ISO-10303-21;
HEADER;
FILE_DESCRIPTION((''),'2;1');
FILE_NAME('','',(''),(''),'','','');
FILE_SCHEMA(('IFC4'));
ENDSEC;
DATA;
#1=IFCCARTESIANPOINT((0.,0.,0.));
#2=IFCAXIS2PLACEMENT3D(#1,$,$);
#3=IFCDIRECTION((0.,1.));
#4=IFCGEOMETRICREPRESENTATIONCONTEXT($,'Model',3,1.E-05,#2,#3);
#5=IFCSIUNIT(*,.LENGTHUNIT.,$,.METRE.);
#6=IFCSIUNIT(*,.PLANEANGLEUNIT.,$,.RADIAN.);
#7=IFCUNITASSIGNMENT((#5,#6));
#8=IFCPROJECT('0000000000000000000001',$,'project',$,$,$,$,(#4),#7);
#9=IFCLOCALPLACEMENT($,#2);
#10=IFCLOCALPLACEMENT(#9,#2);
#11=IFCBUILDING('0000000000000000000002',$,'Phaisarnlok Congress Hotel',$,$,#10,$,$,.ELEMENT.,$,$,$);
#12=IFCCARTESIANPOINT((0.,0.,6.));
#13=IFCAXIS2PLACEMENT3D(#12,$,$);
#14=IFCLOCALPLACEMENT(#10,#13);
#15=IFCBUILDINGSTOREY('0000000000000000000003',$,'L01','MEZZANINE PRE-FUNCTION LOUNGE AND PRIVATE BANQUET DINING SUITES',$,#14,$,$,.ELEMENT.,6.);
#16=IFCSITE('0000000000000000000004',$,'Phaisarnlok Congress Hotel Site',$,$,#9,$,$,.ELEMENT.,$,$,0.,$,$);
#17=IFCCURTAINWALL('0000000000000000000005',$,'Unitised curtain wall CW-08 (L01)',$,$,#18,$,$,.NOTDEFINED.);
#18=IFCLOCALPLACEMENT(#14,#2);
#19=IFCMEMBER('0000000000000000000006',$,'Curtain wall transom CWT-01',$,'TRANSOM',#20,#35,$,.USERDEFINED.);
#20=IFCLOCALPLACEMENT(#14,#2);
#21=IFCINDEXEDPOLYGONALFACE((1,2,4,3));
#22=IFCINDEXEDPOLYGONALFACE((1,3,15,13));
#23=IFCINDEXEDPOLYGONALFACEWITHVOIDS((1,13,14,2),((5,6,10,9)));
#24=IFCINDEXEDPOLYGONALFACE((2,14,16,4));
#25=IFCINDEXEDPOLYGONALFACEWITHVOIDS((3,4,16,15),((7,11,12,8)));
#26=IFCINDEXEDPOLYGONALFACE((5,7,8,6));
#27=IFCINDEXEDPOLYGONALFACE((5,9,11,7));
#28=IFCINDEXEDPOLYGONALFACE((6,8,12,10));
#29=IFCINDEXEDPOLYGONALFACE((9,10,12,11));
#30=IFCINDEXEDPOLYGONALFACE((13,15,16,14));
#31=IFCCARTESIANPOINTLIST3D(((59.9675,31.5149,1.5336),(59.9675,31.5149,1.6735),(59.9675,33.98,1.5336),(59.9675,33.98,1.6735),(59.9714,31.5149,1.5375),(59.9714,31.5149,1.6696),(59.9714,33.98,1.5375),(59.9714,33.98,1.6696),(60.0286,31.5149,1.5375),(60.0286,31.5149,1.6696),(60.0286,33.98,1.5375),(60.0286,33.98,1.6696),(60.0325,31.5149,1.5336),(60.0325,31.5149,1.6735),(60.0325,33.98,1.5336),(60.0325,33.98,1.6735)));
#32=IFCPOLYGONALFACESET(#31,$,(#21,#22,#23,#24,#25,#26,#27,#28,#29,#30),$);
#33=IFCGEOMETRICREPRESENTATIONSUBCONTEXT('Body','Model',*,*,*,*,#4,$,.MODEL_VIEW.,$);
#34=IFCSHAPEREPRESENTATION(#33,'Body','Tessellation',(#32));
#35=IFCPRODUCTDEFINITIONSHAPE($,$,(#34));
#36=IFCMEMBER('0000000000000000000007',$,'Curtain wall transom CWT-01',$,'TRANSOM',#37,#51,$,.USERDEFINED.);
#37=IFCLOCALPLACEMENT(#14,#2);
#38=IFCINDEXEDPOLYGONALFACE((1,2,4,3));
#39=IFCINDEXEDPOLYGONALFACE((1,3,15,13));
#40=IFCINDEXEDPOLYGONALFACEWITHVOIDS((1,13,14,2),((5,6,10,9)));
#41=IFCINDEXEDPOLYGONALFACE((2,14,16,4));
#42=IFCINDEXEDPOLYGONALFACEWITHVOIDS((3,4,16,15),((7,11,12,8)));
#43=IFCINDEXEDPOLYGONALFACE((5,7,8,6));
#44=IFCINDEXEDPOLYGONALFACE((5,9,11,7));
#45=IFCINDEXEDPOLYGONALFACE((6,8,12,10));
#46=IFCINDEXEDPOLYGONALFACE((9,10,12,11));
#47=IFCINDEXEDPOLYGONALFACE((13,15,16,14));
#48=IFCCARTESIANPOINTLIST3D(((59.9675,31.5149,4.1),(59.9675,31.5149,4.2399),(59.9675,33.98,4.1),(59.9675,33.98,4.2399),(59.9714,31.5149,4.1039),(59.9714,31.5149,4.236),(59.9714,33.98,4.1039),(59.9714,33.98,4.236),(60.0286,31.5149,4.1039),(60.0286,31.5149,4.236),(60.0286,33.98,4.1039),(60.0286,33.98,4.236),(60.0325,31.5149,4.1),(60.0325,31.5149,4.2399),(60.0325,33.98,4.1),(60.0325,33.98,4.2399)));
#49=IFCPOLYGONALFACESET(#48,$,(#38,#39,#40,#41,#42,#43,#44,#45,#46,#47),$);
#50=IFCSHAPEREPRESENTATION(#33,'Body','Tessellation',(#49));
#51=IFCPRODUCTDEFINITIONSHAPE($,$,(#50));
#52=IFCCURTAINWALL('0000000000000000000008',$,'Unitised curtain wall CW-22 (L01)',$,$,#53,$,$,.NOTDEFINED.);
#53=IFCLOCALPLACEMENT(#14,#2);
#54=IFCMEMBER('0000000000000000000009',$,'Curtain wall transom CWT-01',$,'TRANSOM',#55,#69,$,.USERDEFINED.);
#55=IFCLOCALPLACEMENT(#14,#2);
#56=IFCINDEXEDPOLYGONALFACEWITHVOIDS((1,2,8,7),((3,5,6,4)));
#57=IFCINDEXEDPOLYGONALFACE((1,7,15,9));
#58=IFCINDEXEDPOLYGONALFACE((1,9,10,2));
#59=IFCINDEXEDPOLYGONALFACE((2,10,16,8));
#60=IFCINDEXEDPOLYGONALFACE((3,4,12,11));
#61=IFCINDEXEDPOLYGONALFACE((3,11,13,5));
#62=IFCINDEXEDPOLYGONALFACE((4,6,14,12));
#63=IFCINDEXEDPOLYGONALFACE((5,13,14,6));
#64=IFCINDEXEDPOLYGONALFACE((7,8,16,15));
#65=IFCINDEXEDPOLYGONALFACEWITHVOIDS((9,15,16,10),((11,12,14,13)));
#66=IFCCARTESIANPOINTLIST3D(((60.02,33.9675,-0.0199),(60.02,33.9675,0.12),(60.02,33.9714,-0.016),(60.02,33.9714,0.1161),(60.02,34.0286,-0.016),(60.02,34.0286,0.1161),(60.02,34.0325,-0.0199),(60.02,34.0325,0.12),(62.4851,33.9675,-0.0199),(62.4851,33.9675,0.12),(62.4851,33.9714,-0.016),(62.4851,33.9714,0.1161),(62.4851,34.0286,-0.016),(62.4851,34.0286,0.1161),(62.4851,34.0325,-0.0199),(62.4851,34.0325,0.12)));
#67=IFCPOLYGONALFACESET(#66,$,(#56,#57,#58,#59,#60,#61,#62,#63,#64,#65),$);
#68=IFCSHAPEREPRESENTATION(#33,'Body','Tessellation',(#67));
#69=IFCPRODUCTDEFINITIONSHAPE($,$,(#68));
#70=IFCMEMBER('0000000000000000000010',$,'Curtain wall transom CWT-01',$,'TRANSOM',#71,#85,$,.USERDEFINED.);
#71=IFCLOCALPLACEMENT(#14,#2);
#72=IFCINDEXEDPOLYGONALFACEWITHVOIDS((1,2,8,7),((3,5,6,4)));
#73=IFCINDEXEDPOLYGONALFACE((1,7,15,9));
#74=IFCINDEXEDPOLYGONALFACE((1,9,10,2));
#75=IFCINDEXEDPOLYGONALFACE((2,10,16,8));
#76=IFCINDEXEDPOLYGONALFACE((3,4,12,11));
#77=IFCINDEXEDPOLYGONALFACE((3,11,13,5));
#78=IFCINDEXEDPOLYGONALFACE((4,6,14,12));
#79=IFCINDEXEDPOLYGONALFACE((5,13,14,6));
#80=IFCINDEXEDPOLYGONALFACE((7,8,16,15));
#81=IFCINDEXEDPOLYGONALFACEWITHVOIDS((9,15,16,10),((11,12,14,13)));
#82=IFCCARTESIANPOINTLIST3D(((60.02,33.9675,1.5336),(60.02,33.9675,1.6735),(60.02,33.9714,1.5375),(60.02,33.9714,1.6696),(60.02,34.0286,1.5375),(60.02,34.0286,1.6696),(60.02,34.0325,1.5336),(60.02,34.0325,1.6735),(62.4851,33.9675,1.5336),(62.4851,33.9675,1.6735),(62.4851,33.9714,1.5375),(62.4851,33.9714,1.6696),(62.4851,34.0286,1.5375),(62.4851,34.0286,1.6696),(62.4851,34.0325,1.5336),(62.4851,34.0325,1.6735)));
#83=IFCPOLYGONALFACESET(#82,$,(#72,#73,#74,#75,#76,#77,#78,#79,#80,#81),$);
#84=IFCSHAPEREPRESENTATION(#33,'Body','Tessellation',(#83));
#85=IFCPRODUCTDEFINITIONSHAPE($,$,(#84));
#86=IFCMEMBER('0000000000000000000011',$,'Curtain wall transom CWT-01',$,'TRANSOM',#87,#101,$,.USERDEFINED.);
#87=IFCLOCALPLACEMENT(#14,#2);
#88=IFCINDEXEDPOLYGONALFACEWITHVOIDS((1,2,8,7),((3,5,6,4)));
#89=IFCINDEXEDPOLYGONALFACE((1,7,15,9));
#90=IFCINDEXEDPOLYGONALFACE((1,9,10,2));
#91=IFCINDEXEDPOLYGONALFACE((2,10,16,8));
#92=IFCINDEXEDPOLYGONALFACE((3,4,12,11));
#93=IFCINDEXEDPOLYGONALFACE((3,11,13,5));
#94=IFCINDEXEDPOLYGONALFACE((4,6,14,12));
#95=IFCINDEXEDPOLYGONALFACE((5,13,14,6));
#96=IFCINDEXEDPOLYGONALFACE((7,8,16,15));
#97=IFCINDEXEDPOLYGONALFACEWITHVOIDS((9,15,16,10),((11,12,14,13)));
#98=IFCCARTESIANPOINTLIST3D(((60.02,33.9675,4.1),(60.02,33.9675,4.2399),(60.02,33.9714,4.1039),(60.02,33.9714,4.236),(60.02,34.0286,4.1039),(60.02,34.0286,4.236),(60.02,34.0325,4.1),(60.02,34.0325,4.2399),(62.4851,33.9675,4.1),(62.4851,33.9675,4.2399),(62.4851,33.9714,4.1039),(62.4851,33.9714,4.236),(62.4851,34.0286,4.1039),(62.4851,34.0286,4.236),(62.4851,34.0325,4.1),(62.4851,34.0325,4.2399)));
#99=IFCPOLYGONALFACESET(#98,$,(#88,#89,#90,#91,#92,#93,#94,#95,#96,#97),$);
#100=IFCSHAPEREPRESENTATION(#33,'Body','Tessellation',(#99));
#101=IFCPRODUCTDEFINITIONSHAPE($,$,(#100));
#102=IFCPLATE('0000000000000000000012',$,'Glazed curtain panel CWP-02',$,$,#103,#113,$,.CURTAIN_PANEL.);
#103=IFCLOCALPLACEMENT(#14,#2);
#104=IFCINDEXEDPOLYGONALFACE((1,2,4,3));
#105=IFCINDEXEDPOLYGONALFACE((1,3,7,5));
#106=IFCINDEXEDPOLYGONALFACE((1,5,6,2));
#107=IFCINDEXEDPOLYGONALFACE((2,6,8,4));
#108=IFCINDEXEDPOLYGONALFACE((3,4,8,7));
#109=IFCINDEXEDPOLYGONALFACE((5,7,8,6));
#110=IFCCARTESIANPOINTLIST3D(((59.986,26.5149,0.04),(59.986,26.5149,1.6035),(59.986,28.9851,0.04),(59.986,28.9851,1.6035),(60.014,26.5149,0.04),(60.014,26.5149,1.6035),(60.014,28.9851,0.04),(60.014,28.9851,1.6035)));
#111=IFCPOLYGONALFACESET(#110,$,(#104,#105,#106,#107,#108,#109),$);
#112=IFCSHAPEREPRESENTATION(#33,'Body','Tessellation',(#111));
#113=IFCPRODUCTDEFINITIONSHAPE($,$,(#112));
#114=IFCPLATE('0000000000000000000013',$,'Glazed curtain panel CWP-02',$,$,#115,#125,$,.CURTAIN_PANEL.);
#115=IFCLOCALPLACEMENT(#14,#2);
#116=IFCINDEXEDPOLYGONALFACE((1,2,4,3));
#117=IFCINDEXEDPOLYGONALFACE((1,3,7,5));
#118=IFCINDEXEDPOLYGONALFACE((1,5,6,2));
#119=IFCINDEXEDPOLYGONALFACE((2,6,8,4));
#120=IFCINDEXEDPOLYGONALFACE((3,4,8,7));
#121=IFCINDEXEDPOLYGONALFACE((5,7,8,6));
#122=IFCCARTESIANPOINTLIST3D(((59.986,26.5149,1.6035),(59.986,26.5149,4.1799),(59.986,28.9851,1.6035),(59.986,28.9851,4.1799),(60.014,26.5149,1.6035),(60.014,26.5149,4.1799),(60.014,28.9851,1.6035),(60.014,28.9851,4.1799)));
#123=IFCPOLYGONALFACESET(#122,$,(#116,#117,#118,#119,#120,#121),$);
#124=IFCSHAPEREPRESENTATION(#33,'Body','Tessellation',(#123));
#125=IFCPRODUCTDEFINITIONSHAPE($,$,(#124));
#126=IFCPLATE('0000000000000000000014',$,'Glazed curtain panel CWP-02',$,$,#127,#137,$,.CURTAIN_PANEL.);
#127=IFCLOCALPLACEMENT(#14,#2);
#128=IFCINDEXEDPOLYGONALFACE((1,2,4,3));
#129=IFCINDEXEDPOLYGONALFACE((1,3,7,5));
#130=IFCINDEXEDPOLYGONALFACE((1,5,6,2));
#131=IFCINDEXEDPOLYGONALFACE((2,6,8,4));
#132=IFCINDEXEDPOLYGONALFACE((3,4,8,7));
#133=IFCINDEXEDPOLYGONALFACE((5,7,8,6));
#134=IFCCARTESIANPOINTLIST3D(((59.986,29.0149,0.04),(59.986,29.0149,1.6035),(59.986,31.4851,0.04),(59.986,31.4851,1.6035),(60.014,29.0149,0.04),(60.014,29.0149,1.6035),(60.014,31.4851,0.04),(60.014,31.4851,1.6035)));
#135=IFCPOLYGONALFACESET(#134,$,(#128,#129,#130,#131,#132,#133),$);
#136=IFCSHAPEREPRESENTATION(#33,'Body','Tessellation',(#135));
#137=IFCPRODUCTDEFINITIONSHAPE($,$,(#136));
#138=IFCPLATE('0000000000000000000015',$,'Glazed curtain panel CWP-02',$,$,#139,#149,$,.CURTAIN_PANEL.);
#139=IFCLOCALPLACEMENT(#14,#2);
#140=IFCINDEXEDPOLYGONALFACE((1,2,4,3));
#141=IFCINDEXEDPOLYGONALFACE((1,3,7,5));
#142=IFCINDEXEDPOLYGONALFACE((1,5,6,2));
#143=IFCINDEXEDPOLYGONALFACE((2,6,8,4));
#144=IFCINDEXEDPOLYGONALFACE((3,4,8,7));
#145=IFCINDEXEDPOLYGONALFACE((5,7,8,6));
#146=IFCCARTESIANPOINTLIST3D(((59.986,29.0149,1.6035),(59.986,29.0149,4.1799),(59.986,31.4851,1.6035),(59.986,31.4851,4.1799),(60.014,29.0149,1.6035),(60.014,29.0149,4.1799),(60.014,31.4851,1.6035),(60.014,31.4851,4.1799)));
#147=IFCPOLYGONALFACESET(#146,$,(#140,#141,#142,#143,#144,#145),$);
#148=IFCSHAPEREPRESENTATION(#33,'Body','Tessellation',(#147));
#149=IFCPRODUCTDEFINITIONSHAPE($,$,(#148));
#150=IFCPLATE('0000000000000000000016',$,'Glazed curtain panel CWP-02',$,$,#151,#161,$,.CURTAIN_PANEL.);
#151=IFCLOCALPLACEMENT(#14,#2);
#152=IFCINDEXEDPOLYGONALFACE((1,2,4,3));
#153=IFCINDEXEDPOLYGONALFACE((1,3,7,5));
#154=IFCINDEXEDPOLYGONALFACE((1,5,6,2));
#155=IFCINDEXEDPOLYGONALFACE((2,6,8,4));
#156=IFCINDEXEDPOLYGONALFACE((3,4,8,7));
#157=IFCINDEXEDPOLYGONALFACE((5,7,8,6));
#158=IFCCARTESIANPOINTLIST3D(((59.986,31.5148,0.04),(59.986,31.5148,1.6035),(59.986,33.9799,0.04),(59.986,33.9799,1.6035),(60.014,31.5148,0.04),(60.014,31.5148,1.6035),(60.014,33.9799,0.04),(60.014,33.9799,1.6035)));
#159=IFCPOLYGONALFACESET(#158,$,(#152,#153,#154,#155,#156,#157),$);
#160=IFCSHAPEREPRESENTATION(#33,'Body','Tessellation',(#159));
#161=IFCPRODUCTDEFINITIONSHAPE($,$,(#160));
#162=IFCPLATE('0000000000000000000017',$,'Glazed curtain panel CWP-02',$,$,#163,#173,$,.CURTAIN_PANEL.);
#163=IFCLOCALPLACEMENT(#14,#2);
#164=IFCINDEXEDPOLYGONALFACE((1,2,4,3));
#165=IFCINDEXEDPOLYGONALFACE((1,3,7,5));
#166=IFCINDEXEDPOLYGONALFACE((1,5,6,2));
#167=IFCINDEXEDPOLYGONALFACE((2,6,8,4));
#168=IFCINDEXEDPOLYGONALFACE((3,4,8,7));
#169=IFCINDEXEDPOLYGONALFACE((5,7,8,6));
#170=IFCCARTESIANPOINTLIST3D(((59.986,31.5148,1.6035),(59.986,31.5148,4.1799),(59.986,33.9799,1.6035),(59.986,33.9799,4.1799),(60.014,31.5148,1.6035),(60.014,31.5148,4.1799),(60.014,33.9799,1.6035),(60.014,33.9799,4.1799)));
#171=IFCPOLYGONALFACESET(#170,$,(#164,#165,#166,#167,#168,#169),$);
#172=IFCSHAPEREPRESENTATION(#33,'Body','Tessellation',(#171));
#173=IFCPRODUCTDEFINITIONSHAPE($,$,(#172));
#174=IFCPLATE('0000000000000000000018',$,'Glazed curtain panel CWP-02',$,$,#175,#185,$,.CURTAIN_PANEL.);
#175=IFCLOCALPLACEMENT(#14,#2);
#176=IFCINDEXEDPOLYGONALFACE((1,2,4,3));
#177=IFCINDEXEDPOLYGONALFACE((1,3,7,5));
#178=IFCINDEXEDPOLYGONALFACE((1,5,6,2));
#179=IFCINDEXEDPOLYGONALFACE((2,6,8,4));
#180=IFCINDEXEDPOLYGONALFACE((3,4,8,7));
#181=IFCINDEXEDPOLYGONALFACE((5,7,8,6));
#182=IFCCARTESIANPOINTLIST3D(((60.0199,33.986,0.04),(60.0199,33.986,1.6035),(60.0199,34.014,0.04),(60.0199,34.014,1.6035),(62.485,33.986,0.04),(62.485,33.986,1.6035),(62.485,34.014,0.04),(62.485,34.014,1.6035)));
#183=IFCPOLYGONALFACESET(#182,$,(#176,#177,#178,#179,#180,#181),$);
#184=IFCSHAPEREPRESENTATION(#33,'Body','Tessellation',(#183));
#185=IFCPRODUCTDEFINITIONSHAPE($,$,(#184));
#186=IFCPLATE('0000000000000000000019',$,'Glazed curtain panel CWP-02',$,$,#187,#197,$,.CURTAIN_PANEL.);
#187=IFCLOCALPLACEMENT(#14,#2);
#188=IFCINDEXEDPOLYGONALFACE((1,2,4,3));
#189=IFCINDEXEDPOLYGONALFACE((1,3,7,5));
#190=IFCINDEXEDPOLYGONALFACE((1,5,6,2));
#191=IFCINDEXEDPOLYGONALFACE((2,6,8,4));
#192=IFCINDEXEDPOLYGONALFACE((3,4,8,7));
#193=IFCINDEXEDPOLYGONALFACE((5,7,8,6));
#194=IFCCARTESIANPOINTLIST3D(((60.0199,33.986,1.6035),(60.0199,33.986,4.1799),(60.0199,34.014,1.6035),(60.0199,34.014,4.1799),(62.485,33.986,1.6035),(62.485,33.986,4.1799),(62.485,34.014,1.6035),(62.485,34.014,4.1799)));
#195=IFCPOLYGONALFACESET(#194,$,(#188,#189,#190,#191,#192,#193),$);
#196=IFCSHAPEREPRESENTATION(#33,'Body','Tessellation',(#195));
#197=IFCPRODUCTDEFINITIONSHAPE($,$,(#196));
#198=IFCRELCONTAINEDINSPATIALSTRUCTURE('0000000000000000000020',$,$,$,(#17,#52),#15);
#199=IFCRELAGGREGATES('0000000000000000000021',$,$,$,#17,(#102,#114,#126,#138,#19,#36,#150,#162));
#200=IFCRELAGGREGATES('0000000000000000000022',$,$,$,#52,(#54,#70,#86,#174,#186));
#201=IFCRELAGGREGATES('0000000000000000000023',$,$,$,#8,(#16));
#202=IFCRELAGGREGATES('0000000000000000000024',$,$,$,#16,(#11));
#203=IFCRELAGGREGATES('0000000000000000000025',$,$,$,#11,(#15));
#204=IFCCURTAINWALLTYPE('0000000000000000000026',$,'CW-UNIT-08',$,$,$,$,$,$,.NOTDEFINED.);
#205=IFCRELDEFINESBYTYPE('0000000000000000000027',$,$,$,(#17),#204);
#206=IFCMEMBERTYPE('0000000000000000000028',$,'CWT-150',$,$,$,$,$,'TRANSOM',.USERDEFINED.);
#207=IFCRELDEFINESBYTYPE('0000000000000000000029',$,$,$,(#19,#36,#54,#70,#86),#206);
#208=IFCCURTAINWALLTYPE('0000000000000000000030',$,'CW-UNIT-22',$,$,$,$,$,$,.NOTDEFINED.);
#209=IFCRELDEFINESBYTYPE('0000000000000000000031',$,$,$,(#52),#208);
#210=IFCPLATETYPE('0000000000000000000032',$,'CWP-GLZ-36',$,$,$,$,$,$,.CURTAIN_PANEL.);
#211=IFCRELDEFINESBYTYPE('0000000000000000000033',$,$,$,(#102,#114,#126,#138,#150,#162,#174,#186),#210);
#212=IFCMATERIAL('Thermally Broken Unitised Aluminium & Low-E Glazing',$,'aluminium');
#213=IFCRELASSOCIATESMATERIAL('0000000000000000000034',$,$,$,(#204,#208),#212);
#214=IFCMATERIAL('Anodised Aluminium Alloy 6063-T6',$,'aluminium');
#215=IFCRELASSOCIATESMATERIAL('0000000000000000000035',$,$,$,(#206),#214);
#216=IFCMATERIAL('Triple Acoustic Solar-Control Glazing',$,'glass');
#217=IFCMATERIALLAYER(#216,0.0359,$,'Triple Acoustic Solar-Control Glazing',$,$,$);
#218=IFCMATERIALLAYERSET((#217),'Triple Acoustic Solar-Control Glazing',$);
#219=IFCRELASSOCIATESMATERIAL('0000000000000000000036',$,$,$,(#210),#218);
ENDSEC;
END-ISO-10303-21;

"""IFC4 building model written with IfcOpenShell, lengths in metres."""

from ifc_helpers import new_model, si_unit, direction, frame, frame_2d, origin, origin_2d, place, context, subcontext, project, spatial, rectangle, hollow_rectangle, extrude, material, layer, layer_set, material_profile, profile_set, type_object, element, aggregate, save


model = new_model("IFC4")

# Units and contexts
model_context = context("Model", 3, precision=1e-05, world=origin(), true_north=direction((0.0, 1.0)))
body_context = subcontext(model_context, "Body", "Model", "MODEL_VIEW")
ifc_project = project(units=[si_unit("LENGTHUNIT", "METRE"), si_unit("PLANEANGLEUNIT", "RADIAN")], contexts=[model_context])

# Site, building, storey
site_placement = place(None, origin())
site = spatial("IfcSite", under=ifc_project, at=site_placement, Name="Phaisarnlok Congress Hotel Site", CompositionType="ELEMENT", RefElevation=0.0)
building_placement = place(site_placement, origin())
building = spatial("IfcBuilding", under=site, at=building_placement, Name="Phaisarnlok Congress Hotel", CompositionType="ELEMENT")
storey_placement = place(building_placement, frame((0.0, 0.0, 6.0)))
storey = spatial("IfcBuildingStorey", under=building, at=storey_placement, Name="L01", Description="MEZZANINE PRE-FUNCTION LOUNGE AND PRIVATE BANQUET DINING SUITES", CompositionType="ELEMENT", Elevation=6.0)

# Curtain walls, members
ifc_material_1 = material(Name="Thermally Broken Unitised Aluminium & Low-E Glazing", Category="aluminium")
curtain_wall_type_1 = type_object("IfcCurtainWallType", Name="CW-UNIT-08", PredefinedType="NOTDEFINED", material=ifc_material_1)
curtain_wall_1_placement = place(storey_placement, origin())
curtain_wall_1 = element("IfcCurtainWall", 1, at=curtain_wall_1_placement, inside=storey, type_object=curtain_wall_type_1, Name="Unitised curtain wall CW-08 (L01)", PredefinedType="NOTDEFINED")
ifc_material_2 = material(Name="Anodised Aluminium Alloy 6063-T6", Category="aluminium")
ifc_material_profile_1 = material_profile(ifc_material_2, hollow_rectangle(XDim=0.0649, YDim=0.1399, WallThickness=0.0039, at=origin_2d()), Name="ALU-T 65x140x4")
ifc_profile_set_1 = profile_set([ifc_material_profile_1], Name="Anodised Aluminium Alloy 6063-T6")
member_type_1 = type_object("IfcMemberType", Name="CWT-150", ElementType="TRANSOM", PredefinedType="USERDEFINED", material=ifc_profile_set_1)
member_1_placement = place(storey_placement, frame((60.0, 31.5149, 1.6035), z_axis=(0.0, 1.0, 0.0), x_axis=(-1.0, 0.0, 0.0)))
member_1 = element("IfcMember", 2, at=member_1_placement, type_object=member_type_1, Name="Curtain wall transom CWT-01", ObjectType="TRANSOM", PredefinedType="USERDEFINED", context=body_context, shape_type="SweptSolid", body=[
    extrude(hollow_rectangle(XDim=0.0649, YDim=0.1399, WallThickness=0.0039, at=origin_2d()), origin(), (0.0, 0.0, 1.0), 2.4651),
])
member_2_placement = place(storey_placement, frame((60.0, 31.5149, 4.1699), z_axis=(0.0, 1.0, 0.0), x_axis=(-1.0, 0.0, 0.0)))
member_2 = element("IfcMember", 3, at=member_2_placement, type_object=member_type_1, Name="Curtain wall transom CWT-01", ObjectType="TRANSOM", PredefinedType="USERDEFINED", context=body_context, shape_type="SweptSolid", body=[
    extrude(hollow_rectangle(XDim=0.0649, YDim=0.1399, WallThickness=0.0039, at=origin_2d()), origin(), (0.0, 0.0, 1.0), 2.4651),
])
curtain_wall_type_2 = type_object("IfcCurtainWallType", Name="CW-UNIT-22", PredefinedType="NOTDEFINED", material=ifc_material_1)
curtain_wall_2_placement = place(storey_placement, origin())
curtain_wall_2 = element("IfcCurtainWall", 4, at=curtain_wall_2_placement, inside=storey, type_object=curtain_wall_type_2, Name="Unitised curtain wall CW-22 (L01)", PredefinedType="NOTDEFINED")
member_3_placement = place(storey_placement, frame((60.02, 34.0, 0.05), z_axis=(1.0, 0.0, 0.0), x_axis=(0.0, 1.0, 0.0)))
member_3 = element("IfcMember", 5, at=member_3_placement, type_object=member_type_1, Name="Curtain wall transom CWT-01", ObjectType="TRANSOM", PredefinedType="USERDEFINED", context=body_context, shape_type="SweptSolid", body=[
    extrude(hollow_rectangle(XDim=0.0649, YDim=0.1399, WallThickness=0.0039, at=origin_2d()), origin(), (0.0, 0.0, 1.0), 2.4651),
])
member_4_placement = place(storey_placement, frame((60.02, 34.0, 1.6035), z_axis=(1.0, 0.0, 0.0), x_axis=(0.0, 1.0, 0.0)))
member_4 = element("IfcMember", 6, at=member_4_placement, type_object=member_type_1, Name="Curtain wall transom CWT-01", ObjectType="TRANSOM", PredefinedType="USERDEFINED", context=body_context, shape_type="SweptSolid", body=[
    extrude(hollow_rectangle(XDim=0.0649, YDim=0.1399, WallThickness=0.0039, at=origin_2d()), origin(), (0.0, 0.0, 1.0), 2.4651),
])
member_5_placement = place(storey_placement, frame((60.02, 34.0, 4.1699), z_axis=(1.0, 0.0, 0.0), x_axis=(0.0, 1.0, 0.0)))
member_5 = element("IfcMember", 7, at=member_5_placement, type_object=member_type_1, Name="Curtain wall transom CWT-01", ObjectType="TRANSOM", PredefinedType="USERDEFINED", context=body_context, shape_type="SweptSolid", body=[
    extrude(hollow_rectangle(XDim=0.0649, YDim=0.1399, WallThickness=0.0039, at=origin_2d()), origin(), (0.0, 0.0, 1.0), 2.4651),
])

# Plates
ifc_material_3 = material(Name="Triple Acoustic Solar-Control Glazing", Category="glass")
ifc_layer = layer(ifc_material_3, 0.0359, Name="Triple Acoustic Solar-Control Glazing")
ifc_layer_set = layer_set([ifc_layer], Name="Triple Acoustic Solar-Control Glazing")
plate_type = type_object("IfcPlateType", Name="CWP-GLZ-36", PredefinedType="CURTAIN_PANEL", material=ifc_layer_set)
plate_1_placement = place(storey_placement, frame((60.0, 26.5149, 0.04), z_axis=(0.0, 0.0, 1.0), x_axis=(0.0, 1.0, 0.0)))
plate_1 = element("IfcPlate", 8, at=plate_1_placement, type_object=plate_type, Name="Glazed curtain panel CWP-02", PredefinedType="CURTAIN_PANEL", context=body_context, shape_type="SweptSolid", body=[
    extrude(rectangle(XDim=2.4702, YDim=0.0281, at=frame_2d((1.2351, 0.0))), origin(), (0.0, 0.0, 1.0), 1.5635),
])
plate_2_placement = place(storey_placement, frame((60.0, 26.5149, 1.6035), z_axis=(0.0, 0.0, 1.0), x_axis=(0.0, 1.0, 0.0)))
plate_2 = element("IfcPlate", 9, at=plate_2_placement, type_object=plate_type, Name="Glazed curtain panel CWP-02", PredefinedType="CURTAIN_PANEL", context=body_context, shape_type="SweptSolid", body=[
    extrude(rectangle(XDim=2.4702, YDim=0.0281, at=frame_2d((1.2351, 0.0))), origin(), (0.0, 0.0, 1.0), 2.5764),
])
plate_3_placement = place(storey_placement, frame((60.0, 29.0149, 0.04), z_axis=(0.0, 0.0, 1.0), x_axis=(0.0, 1.0, 0.0)))
plate_3 = element("IfcPlate", 10, at=plate_3_placement, type_object=plate_type, Name="Glazed curtain panel CWP-02", PredefinedType="CURTAIN_PANEL", context=body_context, shape_type="SweptSolid", body=[
    extrude(rectangle(XDim=2.4702, YDim=0.0281, at=frame_2d((1.2351, 0.0))), origin(), (0.0, 0.0, 1.0), 1.5635),
])
plate_4_placement = place(storey_placement, frame((60.0, 29.0149, 1.6035), z_axis=(0.0, 0.0, 1.0), x_axis=(0.0, 1.0, 0.0)))
plate_4 = element("IfcPlate", 11, at=plate_4_placement, type_object=plate_type, Name="Glazed curtain panel CWP-02", PredefinedType="CURTAIN_PANEL", context=body_context, shape_type="SweptSolid", body=[
    extrude(rectangle(XDim=2.4702, YDim=0.0281, at=frame_2d((1.2351, 0.0))), origin(), (0.0, 0.0, 1.0), 2.5764),
])
plate_5_placement = place(storey_placement, frame((60.0, 31.5149, 0.04), z_axis=(0.0, 0.0, 1.0), x_axis=(0.0, 1.0, 0.0)))
plate_5 = element("IfcPlate", 12, at=plate_5_placement, type_object=plate_type, Name="Glazed curtain panel CWP-02", PredefinedType="CURTAIN_PANEL", context=body_context, shape_type="SweptSolid", body=[
    extrude(rectangle(XDim=2.4651, YDim=0.0281, at=frame_2d((1.2324, 0.0))), origin(), (0.0, 0.0, 1.0), 1.5635),
])
plate_6_placement = place(storey_placement, frame((60.0, 31.5149, 1.6035), z_axis=(0.0, 0.0, 1.0), x_axis=(0.0, 1.0, 0.0)))
plate_6 = element("IfcPlate", 13, at=plate_6_placement, type_object=plate_type, Name="Glazed curtain panel CWP-02", PredefinedType="CURTAIN_PANEL", context=body_context, shape_type="SweptSolid", body=[
    extrude(rectangle(XDim=2.4651, YDim=0.0281, at=frame_2d((1.2324, 0.0))), origin(), (0.0, 0.0, 1.0), 2.5764),
])
aggregate(curtain_wall_1, [plate_1, plate_2, plate_3, plate_4, member_1, member_2, plate_5, plate_6])
plate_7_placement = place(storey_placement, frame((60.02, 34.0, 0.04), z_axis=(0.0, 0.0, 1.0), x_axis=(1.0, 0.0, 0.0)))
plate_7 = element("IfcPlate", 14, at=plate_7_placement, type_object=plate_type, Name="Glazed curtain panel CWP-02", PredefinedType="CURTAIN_PANEL", context=body_context, shape_type="SweptSolid", body=[
    extrude(rectangle(XDim=2.4651, YDim=0.0281, at=frame_2d((1.2324, 0.0))), origin(), (0.0, 0.0, 1.0), 1.5635),
])
plate_8_placement = place(storey_placement, frame((60.02, 34.0, 1.6035), z_axis=(0.0, 0.0, 1.0), x_axis=(1.0, 0.0, 0.0)))
plate_8 = element("IfcPlate", 15, at=plate_8_placement, type_object=plate_type, Name="Glazed curtain panel CWP-02", PredefinedType="CURTAIN_PANEL", context=body_context, shape_type="SweptSolid", body=[
    extrude(rectangle(XDim=2.4651, YDim=0.0281, at=frame_2d((1.2324, 0.0))), origin(), (0.0, 0.0, 1.0), 2.5764),
])
aggregate(curtain_wall_2, [member_3, member_4, member_5, plate_7, plate_8])

save(model, "model.ifc")
